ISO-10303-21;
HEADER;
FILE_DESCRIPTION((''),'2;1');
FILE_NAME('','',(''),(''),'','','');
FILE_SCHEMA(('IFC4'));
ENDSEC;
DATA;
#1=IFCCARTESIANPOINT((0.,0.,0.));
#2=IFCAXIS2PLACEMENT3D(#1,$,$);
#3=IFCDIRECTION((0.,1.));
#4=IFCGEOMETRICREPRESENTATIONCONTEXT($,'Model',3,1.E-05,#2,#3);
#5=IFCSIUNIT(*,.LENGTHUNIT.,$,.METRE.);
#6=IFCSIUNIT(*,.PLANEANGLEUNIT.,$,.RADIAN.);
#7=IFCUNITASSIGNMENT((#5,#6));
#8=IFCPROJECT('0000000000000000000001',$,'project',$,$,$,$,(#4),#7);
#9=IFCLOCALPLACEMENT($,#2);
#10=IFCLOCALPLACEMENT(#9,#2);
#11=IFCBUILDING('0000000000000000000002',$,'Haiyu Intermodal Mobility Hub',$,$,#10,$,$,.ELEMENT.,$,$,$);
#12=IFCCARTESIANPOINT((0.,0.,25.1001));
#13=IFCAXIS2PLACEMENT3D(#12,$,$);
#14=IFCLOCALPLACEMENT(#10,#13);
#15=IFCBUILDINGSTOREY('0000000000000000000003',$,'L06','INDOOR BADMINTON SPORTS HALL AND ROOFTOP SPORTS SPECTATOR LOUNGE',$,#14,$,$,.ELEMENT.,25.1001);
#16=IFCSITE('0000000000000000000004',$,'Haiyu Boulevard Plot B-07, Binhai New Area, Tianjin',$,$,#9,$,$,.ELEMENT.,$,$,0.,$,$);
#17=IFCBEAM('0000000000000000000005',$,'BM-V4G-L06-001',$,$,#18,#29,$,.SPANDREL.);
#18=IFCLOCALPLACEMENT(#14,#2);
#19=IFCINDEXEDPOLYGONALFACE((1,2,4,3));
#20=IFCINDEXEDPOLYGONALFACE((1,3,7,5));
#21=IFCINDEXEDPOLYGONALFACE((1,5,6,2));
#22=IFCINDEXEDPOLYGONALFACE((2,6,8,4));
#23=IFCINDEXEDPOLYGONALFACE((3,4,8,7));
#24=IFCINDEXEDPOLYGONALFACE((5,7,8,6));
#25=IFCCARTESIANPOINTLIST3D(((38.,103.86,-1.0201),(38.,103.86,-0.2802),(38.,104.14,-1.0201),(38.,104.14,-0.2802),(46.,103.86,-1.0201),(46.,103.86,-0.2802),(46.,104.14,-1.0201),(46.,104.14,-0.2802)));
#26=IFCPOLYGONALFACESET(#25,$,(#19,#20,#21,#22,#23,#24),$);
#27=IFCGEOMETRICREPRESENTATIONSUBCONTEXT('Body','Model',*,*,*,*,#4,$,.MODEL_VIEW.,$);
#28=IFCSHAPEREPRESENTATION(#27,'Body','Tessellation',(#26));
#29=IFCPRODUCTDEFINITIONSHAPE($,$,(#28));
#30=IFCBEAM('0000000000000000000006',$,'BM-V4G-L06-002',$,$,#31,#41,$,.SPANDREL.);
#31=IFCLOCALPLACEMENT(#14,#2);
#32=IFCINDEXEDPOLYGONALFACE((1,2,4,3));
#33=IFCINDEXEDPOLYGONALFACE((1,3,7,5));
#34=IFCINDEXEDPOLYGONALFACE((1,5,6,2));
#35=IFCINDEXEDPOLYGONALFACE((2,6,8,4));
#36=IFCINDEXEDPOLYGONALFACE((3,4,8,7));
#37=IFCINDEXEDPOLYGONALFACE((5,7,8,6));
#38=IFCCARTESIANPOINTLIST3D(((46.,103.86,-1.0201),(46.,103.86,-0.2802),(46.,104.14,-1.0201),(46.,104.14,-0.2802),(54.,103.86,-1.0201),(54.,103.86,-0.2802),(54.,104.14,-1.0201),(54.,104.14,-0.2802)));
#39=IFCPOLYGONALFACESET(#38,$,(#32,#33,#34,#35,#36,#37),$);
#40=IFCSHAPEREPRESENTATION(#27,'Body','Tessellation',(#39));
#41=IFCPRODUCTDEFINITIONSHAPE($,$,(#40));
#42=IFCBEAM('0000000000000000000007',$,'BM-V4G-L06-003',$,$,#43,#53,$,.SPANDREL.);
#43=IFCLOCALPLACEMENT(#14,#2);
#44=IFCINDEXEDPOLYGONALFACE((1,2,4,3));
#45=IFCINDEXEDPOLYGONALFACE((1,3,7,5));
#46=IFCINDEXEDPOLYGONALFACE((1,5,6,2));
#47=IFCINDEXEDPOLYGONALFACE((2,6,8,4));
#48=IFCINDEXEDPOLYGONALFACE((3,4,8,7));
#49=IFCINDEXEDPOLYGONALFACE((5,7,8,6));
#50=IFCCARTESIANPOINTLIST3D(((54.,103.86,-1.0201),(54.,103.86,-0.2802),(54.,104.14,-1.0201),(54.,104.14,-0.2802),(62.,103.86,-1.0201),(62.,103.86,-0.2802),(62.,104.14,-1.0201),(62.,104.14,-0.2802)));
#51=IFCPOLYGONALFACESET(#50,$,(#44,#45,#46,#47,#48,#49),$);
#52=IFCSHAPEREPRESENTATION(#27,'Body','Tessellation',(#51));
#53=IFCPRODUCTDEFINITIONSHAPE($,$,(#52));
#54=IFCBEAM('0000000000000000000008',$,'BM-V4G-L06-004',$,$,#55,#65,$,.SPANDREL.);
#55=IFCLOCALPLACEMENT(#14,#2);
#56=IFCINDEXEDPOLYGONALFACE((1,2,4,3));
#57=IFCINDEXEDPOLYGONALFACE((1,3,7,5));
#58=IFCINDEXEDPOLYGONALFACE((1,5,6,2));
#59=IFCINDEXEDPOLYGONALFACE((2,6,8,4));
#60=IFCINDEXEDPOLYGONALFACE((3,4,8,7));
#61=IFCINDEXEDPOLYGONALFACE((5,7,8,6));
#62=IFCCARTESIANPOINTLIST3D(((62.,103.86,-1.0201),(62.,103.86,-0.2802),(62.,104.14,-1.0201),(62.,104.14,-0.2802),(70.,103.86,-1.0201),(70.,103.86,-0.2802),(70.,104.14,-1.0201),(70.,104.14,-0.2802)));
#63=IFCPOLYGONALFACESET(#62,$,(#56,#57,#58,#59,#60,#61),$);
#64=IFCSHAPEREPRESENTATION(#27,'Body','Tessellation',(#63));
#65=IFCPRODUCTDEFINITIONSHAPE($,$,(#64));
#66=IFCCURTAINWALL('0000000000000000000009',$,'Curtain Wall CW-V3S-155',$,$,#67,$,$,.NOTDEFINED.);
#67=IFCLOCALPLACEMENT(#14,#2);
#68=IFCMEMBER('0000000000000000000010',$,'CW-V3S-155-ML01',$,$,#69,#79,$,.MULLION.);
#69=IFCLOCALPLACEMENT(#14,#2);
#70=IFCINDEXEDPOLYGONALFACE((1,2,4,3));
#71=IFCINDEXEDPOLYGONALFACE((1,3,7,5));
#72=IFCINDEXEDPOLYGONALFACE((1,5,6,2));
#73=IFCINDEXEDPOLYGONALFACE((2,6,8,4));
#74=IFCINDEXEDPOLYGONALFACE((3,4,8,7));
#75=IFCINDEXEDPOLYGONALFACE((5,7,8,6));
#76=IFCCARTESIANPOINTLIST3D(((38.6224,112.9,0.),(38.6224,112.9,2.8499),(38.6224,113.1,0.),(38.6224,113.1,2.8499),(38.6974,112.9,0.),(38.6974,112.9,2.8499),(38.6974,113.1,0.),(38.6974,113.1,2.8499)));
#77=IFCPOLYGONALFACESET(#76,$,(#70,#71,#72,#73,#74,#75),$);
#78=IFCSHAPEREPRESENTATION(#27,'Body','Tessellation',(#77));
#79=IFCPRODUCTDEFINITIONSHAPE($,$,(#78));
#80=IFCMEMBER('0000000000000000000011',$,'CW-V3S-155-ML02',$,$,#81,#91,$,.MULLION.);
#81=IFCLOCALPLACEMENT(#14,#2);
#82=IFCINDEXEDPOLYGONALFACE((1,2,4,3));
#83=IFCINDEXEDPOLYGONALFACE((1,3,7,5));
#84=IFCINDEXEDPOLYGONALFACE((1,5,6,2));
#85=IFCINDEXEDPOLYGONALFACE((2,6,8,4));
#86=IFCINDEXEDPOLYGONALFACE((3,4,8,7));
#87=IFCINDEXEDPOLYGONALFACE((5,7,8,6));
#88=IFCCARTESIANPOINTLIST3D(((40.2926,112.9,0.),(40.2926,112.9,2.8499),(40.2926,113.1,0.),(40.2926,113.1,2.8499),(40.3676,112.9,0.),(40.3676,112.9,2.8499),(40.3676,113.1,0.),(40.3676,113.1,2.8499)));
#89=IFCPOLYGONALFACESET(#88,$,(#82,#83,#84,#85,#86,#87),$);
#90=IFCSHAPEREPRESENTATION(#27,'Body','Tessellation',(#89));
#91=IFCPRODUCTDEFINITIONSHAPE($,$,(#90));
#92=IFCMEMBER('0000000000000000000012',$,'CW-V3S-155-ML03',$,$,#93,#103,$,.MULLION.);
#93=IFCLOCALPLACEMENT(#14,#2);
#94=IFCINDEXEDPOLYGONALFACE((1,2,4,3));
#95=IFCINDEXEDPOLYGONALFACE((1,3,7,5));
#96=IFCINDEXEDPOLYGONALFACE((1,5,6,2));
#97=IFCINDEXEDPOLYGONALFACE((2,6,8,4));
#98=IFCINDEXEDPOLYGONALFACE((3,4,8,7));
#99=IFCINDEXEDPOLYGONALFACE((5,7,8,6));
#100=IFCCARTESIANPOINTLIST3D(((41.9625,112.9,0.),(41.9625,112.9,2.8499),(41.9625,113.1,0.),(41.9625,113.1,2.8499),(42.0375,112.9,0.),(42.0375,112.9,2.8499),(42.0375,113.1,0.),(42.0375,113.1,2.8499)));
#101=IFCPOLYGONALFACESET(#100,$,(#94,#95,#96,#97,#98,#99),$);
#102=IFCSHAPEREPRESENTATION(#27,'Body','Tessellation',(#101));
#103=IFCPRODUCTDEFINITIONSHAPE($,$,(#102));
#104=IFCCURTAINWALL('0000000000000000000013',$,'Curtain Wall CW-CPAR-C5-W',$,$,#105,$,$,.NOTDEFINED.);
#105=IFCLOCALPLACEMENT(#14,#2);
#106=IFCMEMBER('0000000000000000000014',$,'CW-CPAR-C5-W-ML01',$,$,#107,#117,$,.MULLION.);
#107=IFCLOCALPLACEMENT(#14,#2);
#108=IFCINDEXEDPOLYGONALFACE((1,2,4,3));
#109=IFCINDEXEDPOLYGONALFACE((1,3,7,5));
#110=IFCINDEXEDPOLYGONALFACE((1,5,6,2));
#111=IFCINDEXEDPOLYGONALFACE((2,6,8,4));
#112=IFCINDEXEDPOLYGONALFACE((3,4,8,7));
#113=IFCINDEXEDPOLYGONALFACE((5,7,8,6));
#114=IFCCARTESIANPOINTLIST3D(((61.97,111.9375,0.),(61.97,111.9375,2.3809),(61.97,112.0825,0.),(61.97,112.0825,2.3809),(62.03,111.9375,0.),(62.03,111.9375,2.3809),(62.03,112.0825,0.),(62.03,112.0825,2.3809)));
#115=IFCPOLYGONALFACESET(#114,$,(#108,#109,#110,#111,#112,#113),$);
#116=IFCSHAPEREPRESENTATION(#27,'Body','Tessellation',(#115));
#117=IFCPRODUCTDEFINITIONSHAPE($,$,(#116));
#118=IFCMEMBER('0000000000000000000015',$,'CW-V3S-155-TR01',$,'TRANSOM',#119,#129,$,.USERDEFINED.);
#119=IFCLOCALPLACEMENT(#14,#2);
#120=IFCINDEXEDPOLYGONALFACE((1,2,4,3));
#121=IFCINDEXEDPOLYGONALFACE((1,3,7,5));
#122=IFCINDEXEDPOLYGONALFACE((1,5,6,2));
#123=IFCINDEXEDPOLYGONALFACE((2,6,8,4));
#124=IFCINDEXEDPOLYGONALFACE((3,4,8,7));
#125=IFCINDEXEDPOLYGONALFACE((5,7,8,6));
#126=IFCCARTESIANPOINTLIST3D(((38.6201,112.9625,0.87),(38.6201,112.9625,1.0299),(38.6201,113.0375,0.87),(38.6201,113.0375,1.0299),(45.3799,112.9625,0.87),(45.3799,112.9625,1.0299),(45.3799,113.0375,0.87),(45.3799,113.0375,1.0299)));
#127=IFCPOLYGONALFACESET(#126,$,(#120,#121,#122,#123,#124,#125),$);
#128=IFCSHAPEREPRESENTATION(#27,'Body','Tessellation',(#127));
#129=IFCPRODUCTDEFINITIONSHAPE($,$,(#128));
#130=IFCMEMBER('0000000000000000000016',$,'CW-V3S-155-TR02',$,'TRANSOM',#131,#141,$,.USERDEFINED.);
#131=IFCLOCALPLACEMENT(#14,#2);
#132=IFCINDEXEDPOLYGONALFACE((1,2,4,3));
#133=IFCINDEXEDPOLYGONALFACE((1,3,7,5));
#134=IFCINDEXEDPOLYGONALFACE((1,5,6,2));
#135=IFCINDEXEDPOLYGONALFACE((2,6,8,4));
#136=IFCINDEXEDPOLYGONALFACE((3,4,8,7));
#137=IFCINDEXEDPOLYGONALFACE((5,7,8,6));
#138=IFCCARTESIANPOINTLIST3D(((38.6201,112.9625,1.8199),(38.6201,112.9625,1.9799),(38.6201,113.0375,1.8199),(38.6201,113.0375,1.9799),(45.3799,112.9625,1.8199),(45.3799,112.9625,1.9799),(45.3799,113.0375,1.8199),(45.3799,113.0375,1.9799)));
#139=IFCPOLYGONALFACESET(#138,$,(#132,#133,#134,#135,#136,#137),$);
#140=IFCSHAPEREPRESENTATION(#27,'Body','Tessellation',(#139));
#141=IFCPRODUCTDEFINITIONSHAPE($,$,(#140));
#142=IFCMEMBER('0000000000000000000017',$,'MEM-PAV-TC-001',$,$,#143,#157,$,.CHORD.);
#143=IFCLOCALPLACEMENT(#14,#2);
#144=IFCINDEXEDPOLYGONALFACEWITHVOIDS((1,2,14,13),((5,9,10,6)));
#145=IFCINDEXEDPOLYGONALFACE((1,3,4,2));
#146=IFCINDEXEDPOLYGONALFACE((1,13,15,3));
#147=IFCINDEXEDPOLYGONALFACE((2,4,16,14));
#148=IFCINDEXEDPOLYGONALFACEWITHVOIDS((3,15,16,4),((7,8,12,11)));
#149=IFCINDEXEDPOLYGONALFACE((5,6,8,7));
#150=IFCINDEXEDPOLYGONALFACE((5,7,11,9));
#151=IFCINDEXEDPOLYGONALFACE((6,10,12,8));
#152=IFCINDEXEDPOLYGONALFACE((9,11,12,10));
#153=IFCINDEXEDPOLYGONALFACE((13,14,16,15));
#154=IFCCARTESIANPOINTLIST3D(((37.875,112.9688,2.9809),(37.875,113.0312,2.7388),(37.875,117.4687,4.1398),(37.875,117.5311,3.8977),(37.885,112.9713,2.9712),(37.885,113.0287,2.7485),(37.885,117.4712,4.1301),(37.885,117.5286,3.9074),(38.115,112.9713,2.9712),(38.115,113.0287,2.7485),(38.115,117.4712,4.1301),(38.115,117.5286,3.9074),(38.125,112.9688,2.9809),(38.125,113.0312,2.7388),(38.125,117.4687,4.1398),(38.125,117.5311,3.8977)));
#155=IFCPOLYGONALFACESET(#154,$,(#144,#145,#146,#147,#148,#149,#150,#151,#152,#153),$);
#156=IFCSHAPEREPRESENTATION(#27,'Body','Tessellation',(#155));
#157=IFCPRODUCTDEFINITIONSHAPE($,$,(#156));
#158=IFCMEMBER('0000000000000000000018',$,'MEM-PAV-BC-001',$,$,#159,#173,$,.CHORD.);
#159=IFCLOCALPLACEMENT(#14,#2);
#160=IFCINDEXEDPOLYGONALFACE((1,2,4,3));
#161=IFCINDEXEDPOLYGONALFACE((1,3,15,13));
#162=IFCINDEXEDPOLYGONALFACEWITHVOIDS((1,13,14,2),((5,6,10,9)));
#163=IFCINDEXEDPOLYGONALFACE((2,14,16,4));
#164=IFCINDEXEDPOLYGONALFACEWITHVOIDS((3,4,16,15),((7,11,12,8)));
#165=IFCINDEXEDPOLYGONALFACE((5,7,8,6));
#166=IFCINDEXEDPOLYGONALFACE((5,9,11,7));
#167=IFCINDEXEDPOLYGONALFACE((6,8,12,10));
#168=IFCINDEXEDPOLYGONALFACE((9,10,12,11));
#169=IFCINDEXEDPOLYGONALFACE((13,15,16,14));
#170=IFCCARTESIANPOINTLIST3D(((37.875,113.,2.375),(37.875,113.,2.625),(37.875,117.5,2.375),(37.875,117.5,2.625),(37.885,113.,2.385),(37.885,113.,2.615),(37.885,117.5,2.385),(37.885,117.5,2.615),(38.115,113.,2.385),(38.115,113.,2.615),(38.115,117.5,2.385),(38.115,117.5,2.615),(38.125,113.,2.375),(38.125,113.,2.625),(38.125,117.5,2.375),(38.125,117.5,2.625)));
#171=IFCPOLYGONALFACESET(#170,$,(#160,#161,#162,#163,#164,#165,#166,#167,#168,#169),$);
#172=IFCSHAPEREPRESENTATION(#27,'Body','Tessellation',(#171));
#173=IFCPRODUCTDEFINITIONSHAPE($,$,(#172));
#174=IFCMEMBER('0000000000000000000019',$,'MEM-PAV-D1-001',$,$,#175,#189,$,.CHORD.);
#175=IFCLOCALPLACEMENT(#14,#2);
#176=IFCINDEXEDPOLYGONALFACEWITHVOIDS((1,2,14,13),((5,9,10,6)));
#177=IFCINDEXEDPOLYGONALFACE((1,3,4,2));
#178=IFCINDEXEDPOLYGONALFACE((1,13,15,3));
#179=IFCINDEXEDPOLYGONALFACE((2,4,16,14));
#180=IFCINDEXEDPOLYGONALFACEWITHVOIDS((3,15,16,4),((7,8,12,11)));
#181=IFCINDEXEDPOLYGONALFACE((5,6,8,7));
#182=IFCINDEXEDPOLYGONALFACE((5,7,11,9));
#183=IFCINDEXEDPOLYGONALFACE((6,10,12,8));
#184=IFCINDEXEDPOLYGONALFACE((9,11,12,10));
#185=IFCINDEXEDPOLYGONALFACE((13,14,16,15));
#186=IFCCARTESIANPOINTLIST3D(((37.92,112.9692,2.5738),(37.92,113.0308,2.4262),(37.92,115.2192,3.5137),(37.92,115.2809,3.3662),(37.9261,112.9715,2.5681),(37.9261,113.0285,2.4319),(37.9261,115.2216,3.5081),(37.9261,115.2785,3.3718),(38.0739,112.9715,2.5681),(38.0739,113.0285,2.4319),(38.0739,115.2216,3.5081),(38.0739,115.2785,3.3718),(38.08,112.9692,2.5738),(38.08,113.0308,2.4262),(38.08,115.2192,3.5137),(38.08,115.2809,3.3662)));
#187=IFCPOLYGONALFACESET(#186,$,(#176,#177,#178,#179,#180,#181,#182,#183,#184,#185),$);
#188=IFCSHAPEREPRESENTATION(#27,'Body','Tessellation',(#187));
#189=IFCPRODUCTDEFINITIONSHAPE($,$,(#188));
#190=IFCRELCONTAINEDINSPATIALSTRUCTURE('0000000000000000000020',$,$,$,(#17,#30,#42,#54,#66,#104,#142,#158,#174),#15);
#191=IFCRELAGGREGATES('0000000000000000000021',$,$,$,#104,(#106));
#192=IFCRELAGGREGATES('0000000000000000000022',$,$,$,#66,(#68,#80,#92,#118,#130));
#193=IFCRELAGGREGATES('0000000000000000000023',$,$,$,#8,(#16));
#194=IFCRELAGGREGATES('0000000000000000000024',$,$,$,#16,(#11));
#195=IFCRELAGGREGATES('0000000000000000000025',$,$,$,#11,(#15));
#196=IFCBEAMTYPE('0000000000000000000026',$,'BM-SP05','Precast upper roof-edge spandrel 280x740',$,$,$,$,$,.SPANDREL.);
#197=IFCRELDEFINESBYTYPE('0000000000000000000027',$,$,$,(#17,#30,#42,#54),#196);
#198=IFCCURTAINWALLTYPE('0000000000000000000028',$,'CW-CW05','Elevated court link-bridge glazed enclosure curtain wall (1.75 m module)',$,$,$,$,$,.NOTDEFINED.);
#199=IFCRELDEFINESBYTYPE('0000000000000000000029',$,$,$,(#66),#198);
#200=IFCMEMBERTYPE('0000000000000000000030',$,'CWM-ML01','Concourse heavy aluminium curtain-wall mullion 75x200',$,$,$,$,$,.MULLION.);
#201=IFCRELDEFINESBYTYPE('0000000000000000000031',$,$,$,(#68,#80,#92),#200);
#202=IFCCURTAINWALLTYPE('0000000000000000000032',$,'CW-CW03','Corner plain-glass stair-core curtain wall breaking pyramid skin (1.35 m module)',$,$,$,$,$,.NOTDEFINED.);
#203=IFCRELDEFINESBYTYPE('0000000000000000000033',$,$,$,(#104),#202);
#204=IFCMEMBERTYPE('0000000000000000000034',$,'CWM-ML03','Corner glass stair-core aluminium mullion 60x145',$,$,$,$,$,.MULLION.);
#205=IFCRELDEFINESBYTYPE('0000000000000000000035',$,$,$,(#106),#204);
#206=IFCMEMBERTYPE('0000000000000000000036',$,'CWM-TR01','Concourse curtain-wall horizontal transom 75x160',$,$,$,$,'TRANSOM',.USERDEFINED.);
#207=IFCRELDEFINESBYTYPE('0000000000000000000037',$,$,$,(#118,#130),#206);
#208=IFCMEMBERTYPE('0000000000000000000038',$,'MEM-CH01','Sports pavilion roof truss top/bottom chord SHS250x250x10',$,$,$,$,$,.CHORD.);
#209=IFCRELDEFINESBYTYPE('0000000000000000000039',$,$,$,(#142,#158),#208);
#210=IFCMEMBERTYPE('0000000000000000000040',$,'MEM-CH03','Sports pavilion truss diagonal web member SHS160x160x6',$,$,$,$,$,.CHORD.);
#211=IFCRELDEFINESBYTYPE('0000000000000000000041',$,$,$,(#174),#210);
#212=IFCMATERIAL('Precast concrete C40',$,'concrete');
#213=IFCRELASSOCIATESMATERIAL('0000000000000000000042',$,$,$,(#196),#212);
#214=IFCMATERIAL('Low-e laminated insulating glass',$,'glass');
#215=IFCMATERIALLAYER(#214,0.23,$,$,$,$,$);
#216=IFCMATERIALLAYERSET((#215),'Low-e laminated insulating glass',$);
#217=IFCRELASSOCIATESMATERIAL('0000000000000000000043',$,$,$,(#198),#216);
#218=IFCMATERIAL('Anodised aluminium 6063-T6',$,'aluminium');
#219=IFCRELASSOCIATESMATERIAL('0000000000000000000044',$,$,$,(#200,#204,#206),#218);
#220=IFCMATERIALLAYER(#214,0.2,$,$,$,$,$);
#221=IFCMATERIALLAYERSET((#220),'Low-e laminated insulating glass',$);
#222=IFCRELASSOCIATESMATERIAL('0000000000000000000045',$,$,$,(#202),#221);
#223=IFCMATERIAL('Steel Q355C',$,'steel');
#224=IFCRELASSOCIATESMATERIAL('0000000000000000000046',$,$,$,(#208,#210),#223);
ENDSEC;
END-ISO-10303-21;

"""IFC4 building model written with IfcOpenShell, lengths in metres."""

from ifc_helpers import new_model, si_unit, direction, frame, origin, origin_2d, place, context, subcontext, project, spatial, rectangle, hollow_rectangle, extrude, material, layer, layer_set, material_profile, profile_set, type_object, element, aggregate, save


model = new_model("IFC4")

# Units and contexts
model_context = context("Model", 3, precision=1e-05, world=origin(), true_north=direction((0.0, 1.0)))
body_context = subcontext(model_context, "Body", "Model", "MODEL_VIEW")
ifc_project = project(units=[si_unit("LENGTHUNIT", "METRE"), si_unit("PLANEANGLEUNIT", "RADIAN")], contexts=[model_context])

# Site, building, storey
site_placement = place(None, origin())
site = spatial("IfcSite", under=ifc_project, at=site_placement, Name="Haiyu Boulevard Plot B-07, Binhai New Area, Tianjin", CompositionType="ELEMENT", RefElevation=0.0)
building_placement = place(site_placement, origin())
building = spatial("IfcBuilding", under=site, at=building_placement, Name="Haiyu Intermodal Mobility Hub", CompositionType="ELEMENT")
storey_placement = place(building_placement, frame((0.0, 0.0, 25.1001)))
storey = spatial("IfcBuildingStorey", under=building, at=storey_placement, Name="L06", Description="INDOOR BADMINTON SPORTS HALL AND ROOFTOP SPORTS SPECTATOR LOUNGE", CompositionType="ELEMENT", Elevation=25.1001)

# Shared definitions
ifc_material_1 = material(Name="Steel Q355C", Category="steel")

# Beams
ifc_material_2 = material(Name="Precast concrete C40", Category="concrete")
ifc_material_profile_1 = material_profile(ifc_material_2, rectangle(XDim=0.28, YDim=0.74, at=origin_2d()), Name="B280x740")
ifc_profile_set_1 = profile_set([ifc_material_profile_1], Name="Precast concrete C40")
beam_type_1 = type_object("IfcBeamType", Name="BM-SP05", Description="Precast upper roof-edge spandrel 280x740", PredefinedType="SPANDREL", material=ifc_profile_set_1)
for number, where, z_axis, x_axis, name in (
    (1, (38.0, 104.0, -0.6501), (1.0, 0.0, 0.0), (0.0, 1.0, 0.0), "BM-V4G-L06-001"),
    (2, (46.0, 104.0, -0.6501), (1.0, 0.0, 0.0), (0.0, 1.0, 0.0), "BM-V4G-L06-002"),
    (3, (54.0, 104.0, -0.6501), (1.0, 0.0, 0.0), (0.0, 1.0, 0.0), "BM-V4G-L06-003"),
    (4, (62.0, 104.0, -0.6501), (1.0, 0.0, 0.0), (0.0, 1.0, 0.0), "BM-V4G-L06-004"),
):
    element("IfcBeam", number, at=place(storey_placement, frame(where, z_axis=z_axis, x_axis=x_axis)), inside=storey, type_object=beam_type_1, Name=name, PredefinedType="SPANDREL", context=body_context, shape_type="SweptSolid", body=[
        extrude(rectangle(XDim=0.28, YDim=0.74, at=origin_2d()), origin(), (0.0, 0.0, 1.0), 8.0),
    ])

# Curtain wall, members
ifc_material_3 = material(Name="Low-e laminated insulating glass", Category="glass")
ifc_layer_1 = layer(ifc_material_3, 0.23)
ifc_layer_set_1 = layer_set([ifc_layer_1], Name="Low-e laminated insulating glass")
curtain_wall_type_1 = type_object("IfcCurtainWallType", Name="CW-CW05", Description="Elevated court link-bridge glazed enclosure curtain wall (1.75 m module)", PredefinedType="NOTDEFINED", material=ifc_layer_set_1)
curtain_wall_1_placement = place(storey_placement, origin())
curtain_wall_1 = element("IfcCurtainWall", 5, at=curtain_wall_1_placement, inside=storey, type_object=curtain_wall_type_1, Name="Curtain Wall CW-V3S-155", PredefinedType="NOTDEFINED")
ifc_material_4 = material(Name="Anodised aluminium 6063-T6", Category="aluminium")
ifc_material_profile_2 = material_profile(ifc_material_4, rectangle(XDim=0.075, YDim=0.2, at=origin_2d()), Name="ALU75x200")
ifc_profile_set_2 = profile_set([ifc_material_profile_2], Name="Anodised aluminium 6063-T6")
member_type_1 = type_object("IfcMemberType", Name="CWM-ML01", Description="Concourse heavy aluminium curtain-wall mullion 75x200", PredefinedType="MULLION", material=ifc_profile_set_2)
member_1_placement = place(storey_placement, frame((38.6599, 113.0, 0.0), z_axis=(0.0, 0.0, 1.0), x_axis=(1.0, 0.0, 0.0)))
member_1 = element("IfcMember", 6, at=member_1_placement, type_object=member_type_1, Name="CW-V3S-155-ML01", PredefinedType="MULLION", context=body_context, shape_type="SweptSolid", body=[
    extrude(rectangle(XDim=0.075, YDim=0.2, at=origin_2d()), origin(), (0.0, 0.0, 1.0), 2.8499),
])
member_2_placement = place(storey_placement, frame((40.3301, 113.0, 0.0), z_axis=(0.0, 0.0, 1.0), x_axis=(1.0, 0.0, 0.0)))
member_2 = element("IfcMember", 7, at=member_2_placement, type_object=member_type_1, Name="CW-V3S-155-ML02", PredefinedType="MULLION", context=body_context, shape_type="SweptSolid", body=[
    extrude(rectangle(XDim=0.075, YDim=0.2, at=origin_2d()), origin(), (0.0, 0.0, 1.0), 2.8499),
])
member_3_placement = place(storey_placement, frame((42.0, 113.0, 0.0), z_axis=(0.0, 0.0, 1.0), x_axis=(1.0, 0.0, 0.0)))
member_3 = element("IfcMember", 8, at=member_3_placement, type_object=member_type_1, Name="CW-V3S-155-ML03", PredefinedType="MULLION", context=body_context, shape_type="SweptSolid", body=[
    extrude(rectangle(XDim=0.075, YDim=0.2, at=origin_2d()), origin(), (0.0, 0.0, 1.0), 2.8499),
])

# Curtain wall, member
ifc_layer_2 = layer(ifc_material_3, 0.2)
ifc_layer_set_2 = layer_set([ifc_layer_2], Name="Low-e laminated insulating glass")
curtain_wall_type_2 = type_object("IfcCurtainWallType", Name="CW-CW03", Description="Corner plain-glass stair-core curtain wall breaking pyramid skin (1.35 m module)", PredefinedType="NOTDEFINED", material=ifc_layer_set_2)
curtain_wall_2_placement = place(storey_placement, origin())
curtain_wall_2 = element("IfcCurtainWall", 9, at=curtain_wall_2_placement, inside=storey, type_object=curtain_wall_type_2, Name="Curtain Wall CW-CPAR-C5-W", PredefinedType="NOTDEFINED")
ifc_material_profile_3 = material_profile(ifc_material_4, rectangle(XDim=0.0601, YDim=0.145, at=origin_2d()), Name="ALU60x145")
ifc_profile_set_3 = profile_set([ifc_material_profile_3], Name="Anodised aluminium 6063-T6")
member_type_2 = type_object("IfcMemberType", Name="CWM-ML03", Description="Corner glass stair-core aluminium mullion 60x145", PredefinedType="MULLION", material=ifc_profile_set_3)
member_4_placement = place(storey_placement, frame((62.0, 112.01, 0.0), z_axis=(0.0, 0.0, 1.0), x_axis=(1.0, 0.0, 0.0)))
member_4 = element("IfcMember", 10, at=member_4_placement, type_object=member_type_2, Name="CW-CPAR-C5-W-ML01", PredefinedType="MULLION", context=body_context, shape_type="SweptSolid", body=[
    extrude(rectangle(XDim=0.0601, YDim=0.145, at=origin_2d()), origin(), (0.0, 0.0, 1.0), 2.3809),
])
aggregate(curtain_wall_2, [member_4])

# Members
ifc_material_profile_4 = material_profile(ifc_material_4, rectangle(XDim=0.075, YDim=0.1599, at=origin_2d()), Name="ALU75x160")
ifc_profile_set_4 = profile_set([ifc_material_profile_4], Name="Anodised aluminium 6063-T6")
member_type_3 = type_object("IfcMemberType", Name="CWM-TR01", Description="Concourse curtain-wall horizontal transom 75x160", ElementType="TRANSOM", PredefinedType="USERDEFINED", material=ifc_profile_set_4)
member_5_placement = place(storey_placement, frame((38.6201, 113.0, 0.95), z_axis=(1.0, 0.0, 0.0), x_axis=(0.0, 1.0, 0.0)))
member_5 = element("IfcMember", 11, at=member_5_placement, type_object=member_type_3, Name="CW-V3S-155-TR01", ObjectType="TRANSOM", PredefinedType="USERDEFINED", context=body_context, shape_type="SweptSolid", body=[
    extrude(rectangle(XDim=0.075, YDim=0.1599, at=origin_2d()), origin(), (0.0, 0.0, 1.0), 6.7598),
])
member_6_placement = place(storey_placement, frame((38.6201, 113.0, 1.8999), z_axis=(1.0, 0.0, 0.0), x_axis=(0.0, 1.0, 0.0)))
member_6 = element("IfcMember", 12, at=member_6_placement, type_object=member_type_3, Name="CW-V3S-155-TR02", ObjectType="TRANSOM", PredefinedType="USERDEFINED", context=body_context, shape_type="SweptSolid", body=[
    extrude(rectangle(XDim=0.075, YDim=0.1599, at=origin_2d()), origin(), (0.0, 0.0, 1.0), 6.7598),
])

# Members
ifc_material_profile_5 = material_profile(ifc_material_1, hollow_rectangle(XDim=0.25, YDim=0.25, WallThickness=0.01, at=origin_2d()), Name="SHS250x250x10")
ifc_profile_set_5 = profile_set([ifc_material_profile_5], Name="Steel Q355C")
member_type_4 = type_object("IfcMemberType", Name="MEM-CH01", Description="Sports pavilion roof truss top/bottom chord SHS250x250x10", PredefinedType="CHORD", material=ifc_profile_set_5)
member_7_placement = place(storey_placement, frame((38.0, 113.0, 2.8599), z_axis=(0.0, 0.9684, 0.249403), x_axis=(-1.0, 0.0, 0.0)))
element("IfcMember", 13, at=member_7_placement, inside=storey, type_object=member_type_4, Name="MEM-PAV-TC-001", PredefinedType="CHORD", context=body_context, shape_type="SweptSolid", body=[
    extrude(hollow_rectangle(XDim=0.25, YDim=0.25, WallThickness=0.01, at=origin_2d()), origin(), (0.0, 0.0, 1.0), 4.6467),
])
member_8_placement = place(storey_placement, frame((38.0, 113.0, 2.5), z_axis=(0.0, 1.0, 0.0), x_axis=(-1.0, 0.0, 0.0)))
element("IfcMember", 14, at=member_8_placement, inside=storey, type_object=member_type_4, Name="MEM-PAV-BC-001", PredefinedType="CHORD", context=body_context, shape_type="SweptSolid", body=[
    extrude(hollow_rectangle(XDim=0.25, YDim=0.25, WallThickness=0.01, at=origin_2d()), origin(), (0.0, 0.0, 1.0), 4.5),
])
ifc_material_profile_6 = material_profile(ifc_material_1, hollow_rectangle(XDim=0.1599, YDim=0.1599, WallThickness=0.0061, at=origin_2d()), Name="SHS160x160x6")
ifc_profile_set_6 = profile_set([ifc_material_profile_6], Name="Steel Q355C")
member_type_5 = type_object("IfcMemberType", Name="MEM-CH03", Description="Sports pavilion truss diagonal web member SHS160x160x6", PredefinedType="CHORD", material=ifc_profile_set_6)
member_9_placement = place(storey_placement, frame((38.0, 113.0, 2.5), z_axis=(0.0, 0.922721, 0.385468), x_axis=(-1.0, 0.0, 0.0)))
element("IfcMember", 15, at=member_9_placement, inside=storey, type_object=member_type_5, Name="MEM-PAV-D1-001", PredefinedType="CHORD", context=body_context, shape_type="SweptSolid", body=[
    extrude(hollow_rectangle(XDim=0.1599, YDim=0.1599, WallThickness=0.0061, at=origin_2d()), origin(), (0.0, 0.0, 1.0), 2.4385),
])

aggregate(curtain_wall_1, [member_1, member_2, member_3, member_5, member_6])

save(model, "model.ifc")
